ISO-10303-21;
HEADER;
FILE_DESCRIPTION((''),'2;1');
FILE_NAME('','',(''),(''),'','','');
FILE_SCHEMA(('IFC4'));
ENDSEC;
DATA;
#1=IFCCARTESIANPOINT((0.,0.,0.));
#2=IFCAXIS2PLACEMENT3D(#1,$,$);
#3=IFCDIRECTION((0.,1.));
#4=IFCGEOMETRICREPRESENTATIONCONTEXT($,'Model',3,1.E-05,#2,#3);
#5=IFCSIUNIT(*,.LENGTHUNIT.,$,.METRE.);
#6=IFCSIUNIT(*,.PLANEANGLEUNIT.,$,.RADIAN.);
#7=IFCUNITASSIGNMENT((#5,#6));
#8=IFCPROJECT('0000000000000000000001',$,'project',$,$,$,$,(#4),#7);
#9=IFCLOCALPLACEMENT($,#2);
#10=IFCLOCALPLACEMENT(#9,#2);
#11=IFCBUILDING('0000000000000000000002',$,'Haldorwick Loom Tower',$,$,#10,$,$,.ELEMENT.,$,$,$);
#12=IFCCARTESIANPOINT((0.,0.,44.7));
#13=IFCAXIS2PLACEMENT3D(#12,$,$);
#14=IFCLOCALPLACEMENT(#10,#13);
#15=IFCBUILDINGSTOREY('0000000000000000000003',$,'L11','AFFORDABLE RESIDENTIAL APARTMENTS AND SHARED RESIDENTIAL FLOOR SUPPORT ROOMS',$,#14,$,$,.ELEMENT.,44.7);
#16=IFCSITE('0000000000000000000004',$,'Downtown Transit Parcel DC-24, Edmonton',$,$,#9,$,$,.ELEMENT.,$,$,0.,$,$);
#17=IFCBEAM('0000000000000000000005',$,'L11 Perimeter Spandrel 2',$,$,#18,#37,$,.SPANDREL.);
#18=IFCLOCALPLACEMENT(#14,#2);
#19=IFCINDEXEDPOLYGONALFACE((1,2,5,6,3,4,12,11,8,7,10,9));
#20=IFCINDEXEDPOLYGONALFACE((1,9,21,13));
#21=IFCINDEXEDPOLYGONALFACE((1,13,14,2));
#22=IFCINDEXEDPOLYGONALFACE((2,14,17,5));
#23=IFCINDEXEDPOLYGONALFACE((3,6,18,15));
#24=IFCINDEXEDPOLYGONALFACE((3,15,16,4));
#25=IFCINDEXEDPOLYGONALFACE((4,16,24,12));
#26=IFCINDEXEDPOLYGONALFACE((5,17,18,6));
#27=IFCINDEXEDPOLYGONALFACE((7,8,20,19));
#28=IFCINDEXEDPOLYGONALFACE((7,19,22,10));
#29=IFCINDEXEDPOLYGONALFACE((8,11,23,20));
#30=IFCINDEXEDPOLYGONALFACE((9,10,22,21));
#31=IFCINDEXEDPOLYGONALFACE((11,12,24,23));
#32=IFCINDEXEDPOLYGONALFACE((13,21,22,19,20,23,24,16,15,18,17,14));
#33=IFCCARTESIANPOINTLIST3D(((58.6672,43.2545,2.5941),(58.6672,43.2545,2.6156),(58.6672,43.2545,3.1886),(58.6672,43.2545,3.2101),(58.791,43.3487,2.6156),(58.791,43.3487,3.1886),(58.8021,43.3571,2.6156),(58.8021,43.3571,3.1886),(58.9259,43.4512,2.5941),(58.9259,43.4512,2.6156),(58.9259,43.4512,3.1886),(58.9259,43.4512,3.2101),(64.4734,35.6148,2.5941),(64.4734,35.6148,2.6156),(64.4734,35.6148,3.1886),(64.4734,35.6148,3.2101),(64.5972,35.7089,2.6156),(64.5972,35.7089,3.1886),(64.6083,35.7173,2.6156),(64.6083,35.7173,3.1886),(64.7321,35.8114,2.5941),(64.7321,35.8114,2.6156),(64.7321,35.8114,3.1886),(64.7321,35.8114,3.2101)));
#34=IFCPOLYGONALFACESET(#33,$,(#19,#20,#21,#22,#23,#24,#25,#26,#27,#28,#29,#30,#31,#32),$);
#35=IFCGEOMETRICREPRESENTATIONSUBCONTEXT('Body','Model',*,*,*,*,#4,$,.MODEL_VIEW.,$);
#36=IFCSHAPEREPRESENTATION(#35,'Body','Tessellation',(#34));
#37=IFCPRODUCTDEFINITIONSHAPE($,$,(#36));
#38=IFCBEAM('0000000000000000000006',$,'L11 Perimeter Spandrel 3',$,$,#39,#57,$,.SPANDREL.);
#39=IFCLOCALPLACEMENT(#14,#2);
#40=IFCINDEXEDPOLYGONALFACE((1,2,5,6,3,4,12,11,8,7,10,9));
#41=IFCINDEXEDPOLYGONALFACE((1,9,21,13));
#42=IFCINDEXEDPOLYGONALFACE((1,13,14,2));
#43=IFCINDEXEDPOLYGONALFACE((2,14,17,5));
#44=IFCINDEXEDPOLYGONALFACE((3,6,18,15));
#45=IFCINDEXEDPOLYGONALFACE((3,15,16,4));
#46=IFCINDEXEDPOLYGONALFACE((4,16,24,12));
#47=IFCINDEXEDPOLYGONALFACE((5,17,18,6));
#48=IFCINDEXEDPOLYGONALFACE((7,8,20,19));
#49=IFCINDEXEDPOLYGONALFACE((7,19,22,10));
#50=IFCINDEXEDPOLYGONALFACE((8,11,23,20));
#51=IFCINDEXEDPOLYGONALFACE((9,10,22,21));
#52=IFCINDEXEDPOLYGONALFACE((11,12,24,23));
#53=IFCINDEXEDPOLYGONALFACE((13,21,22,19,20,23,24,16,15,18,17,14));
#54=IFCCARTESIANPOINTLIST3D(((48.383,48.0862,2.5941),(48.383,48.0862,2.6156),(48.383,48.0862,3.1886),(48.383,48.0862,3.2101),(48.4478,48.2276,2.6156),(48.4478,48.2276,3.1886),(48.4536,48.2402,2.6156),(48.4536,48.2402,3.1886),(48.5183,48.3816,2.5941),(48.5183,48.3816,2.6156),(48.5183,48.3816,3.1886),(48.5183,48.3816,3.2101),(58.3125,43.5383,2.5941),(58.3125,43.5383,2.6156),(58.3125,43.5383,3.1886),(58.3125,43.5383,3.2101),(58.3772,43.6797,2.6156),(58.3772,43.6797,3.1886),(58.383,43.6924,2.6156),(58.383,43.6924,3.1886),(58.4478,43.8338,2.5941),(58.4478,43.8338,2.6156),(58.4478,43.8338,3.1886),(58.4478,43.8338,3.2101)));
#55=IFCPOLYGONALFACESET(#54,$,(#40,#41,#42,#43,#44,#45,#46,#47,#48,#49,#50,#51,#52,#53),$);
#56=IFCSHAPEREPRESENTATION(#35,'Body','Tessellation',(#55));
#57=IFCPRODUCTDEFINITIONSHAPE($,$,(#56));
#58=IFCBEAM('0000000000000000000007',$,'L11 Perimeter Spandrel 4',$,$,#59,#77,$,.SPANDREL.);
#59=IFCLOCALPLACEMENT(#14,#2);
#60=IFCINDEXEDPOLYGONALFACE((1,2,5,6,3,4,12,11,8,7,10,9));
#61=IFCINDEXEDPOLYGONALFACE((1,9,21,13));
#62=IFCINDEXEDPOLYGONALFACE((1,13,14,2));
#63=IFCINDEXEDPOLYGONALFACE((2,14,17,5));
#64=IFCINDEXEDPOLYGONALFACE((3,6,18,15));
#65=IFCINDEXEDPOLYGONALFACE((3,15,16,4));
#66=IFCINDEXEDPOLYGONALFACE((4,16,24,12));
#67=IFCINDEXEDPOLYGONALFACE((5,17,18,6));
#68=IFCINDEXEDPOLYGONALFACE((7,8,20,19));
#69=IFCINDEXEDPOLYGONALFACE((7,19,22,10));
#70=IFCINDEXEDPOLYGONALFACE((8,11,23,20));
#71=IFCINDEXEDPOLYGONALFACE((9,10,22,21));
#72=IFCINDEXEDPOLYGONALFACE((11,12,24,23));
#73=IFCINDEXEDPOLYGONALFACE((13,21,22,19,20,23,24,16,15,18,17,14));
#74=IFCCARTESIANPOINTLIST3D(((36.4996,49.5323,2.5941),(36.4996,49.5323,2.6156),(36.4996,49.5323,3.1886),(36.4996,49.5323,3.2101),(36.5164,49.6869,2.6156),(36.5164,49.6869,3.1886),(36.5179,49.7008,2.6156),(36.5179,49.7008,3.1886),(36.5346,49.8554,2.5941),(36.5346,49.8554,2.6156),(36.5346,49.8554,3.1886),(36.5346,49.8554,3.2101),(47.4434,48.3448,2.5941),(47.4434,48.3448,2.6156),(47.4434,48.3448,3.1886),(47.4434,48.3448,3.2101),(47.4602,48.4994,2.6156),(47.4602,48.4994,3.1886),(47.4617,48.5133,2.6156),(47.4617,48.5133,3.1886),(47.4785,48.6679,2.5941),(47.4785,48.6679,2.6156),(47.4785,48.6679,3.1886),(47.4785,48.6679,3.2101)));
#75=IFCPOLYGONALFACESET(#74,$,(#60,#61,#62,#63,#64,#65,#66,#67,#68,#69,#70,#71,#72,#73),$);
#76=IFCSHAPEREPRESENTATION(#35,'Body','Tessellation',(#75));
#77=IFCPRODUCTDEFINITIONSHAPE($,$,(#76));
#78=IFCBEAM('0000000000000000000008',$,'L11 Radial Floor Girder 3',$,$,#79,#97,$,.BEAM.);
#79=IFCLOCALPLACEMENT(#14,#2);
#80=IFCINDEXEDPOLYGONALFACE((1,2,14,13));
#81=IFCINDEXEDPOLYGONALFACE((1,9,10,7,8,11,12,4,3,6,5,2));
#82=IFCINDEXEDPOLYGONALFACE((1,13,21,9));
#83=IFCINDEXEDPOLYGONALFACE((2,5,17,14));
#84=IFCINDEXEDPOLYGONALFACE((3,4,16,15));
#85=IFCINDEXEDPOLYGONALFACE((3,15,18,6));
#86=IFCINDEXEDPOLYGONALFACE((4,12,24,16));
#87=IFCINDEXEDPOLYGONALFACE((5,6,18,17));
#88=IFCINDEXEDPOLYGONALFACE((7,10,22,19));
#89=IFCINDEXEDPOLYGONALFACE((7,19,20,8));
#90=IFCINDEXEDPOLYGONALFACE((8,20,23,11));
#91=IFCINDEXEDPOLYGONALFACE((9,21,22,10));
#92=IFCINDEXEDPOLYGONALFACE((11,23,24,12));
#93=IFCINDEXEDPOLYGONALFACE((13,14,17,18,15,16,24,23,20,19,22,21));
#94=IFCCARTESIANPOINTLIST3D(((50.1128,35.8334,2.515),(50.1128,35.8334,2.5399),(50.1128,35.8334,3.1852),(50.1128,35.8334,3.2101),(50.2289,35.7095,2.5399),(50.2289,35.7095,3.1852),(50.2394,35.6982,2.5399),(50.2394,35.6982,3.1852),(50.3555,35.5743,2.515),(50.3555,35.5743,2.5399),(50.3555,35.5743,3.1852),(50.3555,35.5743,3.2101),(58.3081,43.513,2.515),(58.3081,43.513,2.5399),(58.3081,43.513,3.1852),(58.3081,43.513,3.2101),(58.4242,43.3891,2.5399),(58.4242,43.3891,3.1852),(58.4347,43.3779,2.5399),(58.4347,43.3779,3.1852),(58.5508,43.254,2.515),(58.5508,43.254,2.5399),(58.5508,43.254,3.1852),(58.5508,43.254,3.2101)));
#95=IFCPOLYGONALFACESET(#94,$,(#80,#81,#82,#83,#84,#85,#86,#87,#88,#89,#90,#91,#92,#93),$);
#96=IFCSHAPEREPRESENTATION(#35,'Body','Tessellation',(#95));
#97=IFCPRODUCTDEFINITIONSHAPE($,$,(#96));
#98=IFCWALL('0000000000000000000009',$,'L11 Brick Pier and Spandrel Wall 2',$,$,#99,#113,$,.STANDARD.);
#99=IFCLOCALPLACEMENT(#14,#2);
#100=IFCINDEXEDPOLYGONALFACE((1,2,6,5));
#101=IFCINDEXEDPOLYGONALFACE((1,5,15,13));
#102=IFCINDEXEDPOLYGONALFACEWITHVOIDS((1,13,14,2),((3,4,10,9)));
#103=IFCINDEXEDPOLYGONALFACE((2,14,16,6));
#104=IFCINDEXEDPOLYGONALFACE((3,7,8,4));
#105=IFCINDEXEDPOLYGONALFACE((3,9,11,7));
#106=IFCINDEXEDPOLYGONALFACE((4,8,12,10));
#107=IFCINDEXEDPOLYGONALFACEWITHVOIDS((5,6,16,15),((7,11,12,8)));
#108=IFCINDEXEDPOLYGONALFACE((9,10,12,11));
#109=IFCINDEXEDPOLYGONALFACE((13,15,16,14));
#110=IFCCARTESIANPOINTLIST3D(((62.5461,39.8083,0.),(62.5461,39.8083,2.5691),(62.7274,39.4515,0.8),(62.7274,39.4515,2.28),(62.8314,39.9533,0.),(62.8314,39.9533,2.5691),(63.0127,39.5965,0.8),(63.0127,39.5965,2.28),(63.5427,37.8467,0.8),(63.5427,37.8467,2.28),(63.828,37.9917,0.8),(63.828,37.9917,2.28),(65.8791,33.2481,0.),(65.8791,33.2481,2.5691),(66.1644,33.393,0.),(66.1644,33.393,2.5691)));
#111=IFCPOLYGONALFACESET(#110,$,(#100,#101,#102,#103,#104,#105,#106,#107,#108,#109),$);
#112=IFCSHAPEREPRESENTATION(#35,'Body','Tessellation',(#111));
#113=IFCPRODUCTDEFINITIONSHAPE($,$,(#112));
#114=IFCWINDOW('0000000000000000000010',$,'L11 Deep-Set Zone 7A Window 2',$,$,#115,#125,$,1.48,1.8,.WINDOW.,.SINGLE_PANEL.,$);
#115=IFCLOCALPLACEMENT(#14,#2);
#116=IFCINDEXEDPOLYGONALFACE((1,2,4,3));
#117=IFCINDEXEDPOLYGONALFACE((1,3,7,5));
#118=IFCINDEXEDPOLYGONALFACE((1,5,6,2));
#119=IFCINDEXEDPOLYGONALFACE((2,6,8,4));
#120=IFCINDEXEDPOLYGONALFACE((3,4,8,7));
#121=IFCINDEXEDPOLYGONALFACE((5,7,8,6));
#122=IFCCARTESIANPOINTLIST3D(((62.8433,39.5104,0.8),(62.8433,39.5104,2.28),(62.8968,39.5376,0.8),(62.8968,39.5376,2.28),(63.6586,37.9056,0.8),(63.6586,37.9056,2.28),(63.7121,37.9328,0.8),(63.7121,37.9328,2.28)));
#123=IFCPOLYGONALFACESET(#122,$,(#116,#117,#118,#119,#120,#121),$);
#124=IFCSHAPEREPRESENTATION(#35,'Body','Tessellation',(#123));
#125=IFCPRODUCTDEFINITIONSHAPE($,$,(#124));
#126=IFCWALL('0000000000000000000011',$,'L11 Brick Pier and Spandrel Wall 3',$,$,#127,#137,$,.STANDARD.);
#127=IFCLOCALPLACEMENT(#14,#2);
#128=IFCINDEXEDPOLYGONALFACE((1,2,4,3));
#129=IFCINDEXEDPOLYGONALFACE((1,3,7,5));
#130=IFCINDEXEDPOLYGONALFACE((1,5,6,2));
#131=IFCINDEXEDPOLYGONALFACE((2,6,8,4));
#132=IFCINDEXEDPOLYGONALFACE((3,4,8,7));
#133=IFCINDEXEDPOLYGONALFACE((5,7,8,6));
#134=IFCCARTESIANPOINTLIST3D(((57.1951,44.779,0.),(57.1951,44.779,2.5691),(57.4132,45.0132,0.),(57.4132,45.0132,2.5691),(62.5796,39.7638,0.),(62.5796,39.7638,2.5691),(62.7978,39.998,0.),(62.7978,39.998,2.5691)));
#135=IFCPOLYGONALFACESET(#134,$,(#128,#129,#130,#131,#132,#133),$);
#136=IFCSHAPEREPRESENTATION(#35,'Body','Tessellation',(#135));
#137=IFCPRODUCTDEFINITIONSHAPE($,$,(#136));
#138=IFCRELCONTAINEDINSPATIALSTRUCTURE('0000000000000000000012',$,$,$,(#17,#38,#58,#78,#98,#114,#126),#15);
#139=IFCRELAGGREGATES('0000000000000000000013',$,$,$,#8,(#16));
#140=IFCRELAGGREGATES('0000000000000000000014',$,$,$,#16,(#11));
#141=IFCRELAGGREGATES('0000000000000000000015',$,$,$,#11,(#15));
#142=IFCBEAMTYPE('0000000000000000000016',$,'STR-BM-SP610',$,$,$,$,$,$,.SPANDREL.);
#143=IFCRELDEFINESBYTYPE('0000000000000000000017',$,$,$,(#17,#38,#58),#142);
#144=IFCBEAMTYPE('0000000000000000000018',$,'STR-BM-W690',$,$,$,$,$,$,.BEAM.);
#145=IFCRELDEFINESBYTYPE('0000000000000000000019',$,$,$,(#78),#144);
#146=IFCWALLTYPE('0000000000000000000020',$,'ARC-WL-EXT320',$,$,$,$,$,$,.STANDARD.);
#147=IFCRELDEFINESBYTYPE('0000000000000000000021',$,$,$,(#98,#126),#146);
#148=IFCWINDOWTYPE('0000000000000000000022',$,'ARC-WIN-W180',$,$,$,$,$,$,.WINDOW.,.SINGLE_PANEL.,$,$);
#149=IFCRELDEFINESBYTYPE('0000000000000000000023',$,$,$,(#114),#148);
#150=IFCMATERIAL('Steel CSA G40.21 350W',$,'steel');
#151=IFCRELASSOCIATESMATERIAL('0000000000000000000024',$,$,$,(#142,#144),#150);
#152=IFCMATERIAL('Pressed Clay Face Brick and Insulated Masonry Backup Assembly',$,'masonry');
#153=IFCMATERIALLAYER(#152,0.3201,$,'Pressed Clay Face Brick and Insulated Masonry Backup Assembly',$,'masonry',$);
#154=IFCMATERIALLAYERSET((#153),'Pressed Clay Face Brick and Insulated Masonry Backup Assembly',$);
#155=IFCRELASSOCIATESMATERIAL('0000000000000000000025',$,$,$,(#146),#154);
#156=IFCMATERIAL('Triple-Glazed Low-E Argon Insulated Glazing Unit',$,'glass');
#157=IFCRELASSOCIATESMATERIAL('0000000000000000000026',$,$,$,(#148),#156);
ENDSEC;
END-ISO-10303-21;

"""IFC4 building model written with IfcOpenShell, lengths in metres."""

from ifc_helpers import new_model, si_unit, direction, frame, frame_2d, origin, origin_2d, place, context, subcontext, project, spatial, rectangle, i_section, extrude, material, layer, layer_set, material_profile, profile_set, type_object, element, fill, save


model = new_model("IFC4")

# Units and contexts
model_context = context("Model", 3, precision=1e-05, world=origin(), true_north=direction((0.0, 1.0)))
body_context = subcontext(model_context, "Body", "Model", "MODEL_VIEW")
ifc_project = project(units=[si_unit("LENGTHUNIT", "METRE"), si_unit("PLANEANGLEUNIT", "RADIAN")], contexts=[model_context])

# Site, building, storey
site_placement = place(None, origin())
site = spatial("IfcSite", under=ifc_project, at=site_placement, Name="Downtown Transit Parcel DC-24, Edmonton", CompositionType="ELEMENT", RefElevation=0.0)
building_placement = place(site_placement, origin())
building = spatial("IfcBuilding", under=site, at=building_placement, Name="Haldorwick Loom Tower", CompositionType="ELEMENT")
storey_placement = place(building_placement, frame((0.0, 0.0, 44.7)))
storey = spatial("IfcBuildingStorey", under=building, at=storey_placement, Name="L11", Description="AFFORDABLE RESIDENTIAL APARTMENTS AND SHARED RESIDENTIAL FLOOR SUPPORT ROOMS", CompositionType="ELEMENT", Elevation=44.7)

# Beams
ifc_material_1 = material(Name="Steel CSA G40.21 350W", Category="steel")
ifc_material_profile_1 = material_profile(ifc_material_1, i_section(OverallWidth=0.325, OverallDepth=0.616, WebThickness=0.0139, FlangeThickness=0.0215, at=origin_2d()), Name="W610X174", Category="steel")
ifc_profile_set_1 = profile_set([ifc_material_profile_1], Name="Steel CSA G40.21 350W")
beam_type_1 = type_object("IfcBeamType", Name="STR-BM-SP610", PredefinedType="SPANDREL", material=ifc_profile_set_1)
beam_1_placement = place(storey_placement, frame((64.6028, 35.7131, 2.9021), z_axis=(-0.605085, 0.796161, 0.0), x_axis=(-0.796161, -0.605085, 0.0)))
element("IfcBeam", 1, at=beam_1_placement, inside=storey, type_object=beam_type_1, Name="L11 Perimeter Spandrel 2", PredefinedType="SPANDREL", context=body_context, shape_type="SweptSolid", body=[
    extrude(i_section(OverallWidth=0.325, OverallDepth=0.616, WebThickness=0.0139, FlangeThickness=0.0215, at=origin_2d()), origin(), (0.0, 0.0, 1.0), 9.5957),
])
beam_2_placement = place(storey_placement, frame((58.3801, 43.686, 2.9021), z_axis=(-0.909174, 0.416417, 0.0), x_axis=(-0.416417, -0.909174, 0.0)))
element("IfcBeam", 2, at=beam_2_placement, inside=storey, type_object=beam_type_1, Name="L11 Perimeter Spandrel 3", PredefinedType="SPANDREL", context=body_context, shape_type="SweptSolid", body=[
    extrude(i_section(OverallWidth=0.325, OverallDepth=0.616, WebThickness=0.0139, FlangeThickness=0.0215, at=origin_2d()), origin(), (0.0, 0.0, 1.0), 10.9214),
])
beam_3_placement = place(storey_placement, frame((47.4609, 48.5063, 2.9021), z_axis=(-0.994164, 0.107875, 0.0), x_axis=(-0.107875, -0.994164, 0.0)))
element("IfcBeam", 3, at=beam_3_placement, inside=storey, type_object=beam_type_1, Name="L11 Perimeter Spandrel 4", PredefinedType="SPANDREL", context=body_context, shape_type="SweptSolid", body=[
    extrude(i_section(OverallWidth=0.325, OverallDepth=0.616, WebThickness=0.0139, FlangeThickness=0.0215, at=origin_2d()), origin(), (0.0, 0.0, 1.0), 11.0081),
])
ifc_material_profile_2 = material_profile(ifc_material_1, i_section(OverallWidth=0.355, OverallDepth=0.6951, WebThickness=0.0154, FlangeThickness=0.0249, at=origin_2d()), Name="W690X217", Category="steel")
ifc_profile_set_2 = profile_set([ifc_material_profile_2], Name="Steel CSA G40.21 350W")
beam_type_2 = type_object("IfcBeamType", Name="STR-BM-W690", PredefinedType="BEAM", material=ifc_profile_set_2)
beam_4_placement = place(storey_placement, frame((50.2341, 35.7039, 2.8625), z_axis=(0.729689, 0.683779, 0.0), x_axis=(-0.683779, 0.729689, 0.0)))
element("IfcBeam", 4, at=beam_4_placement, inside=storey, type_object=beam_type_2, Name="L11 Radial Floor Girder 3", PredefinedType="BEAM", context=body_context, shape_type="SweptSolid", body=[
    extrude(i_section(OverallWidth=0.355, OverallDepth=0.6951, WebThickness=0.0154, FlangeThickness=0.0249, at=origin_2d()), origin(), (0.0, 0.0, 1.0), 11.2312),
])

# Wall, opening, window
ifc_material_2 = material(Name="Pressed Clay Face Brick and Insulated Masonry Backup Assembly", Category="masonry")
ifc_layer_1 = layer(ifc_material_2, 0.3201, Name="Pressed Clay Face Brick and Insulated Masonry Backup Assembly", Category="masonry")
ifc_layer_set_1 = layer_set([ifc_layer_1], Name="Pressed Clay Face Brick and Insulated Masonry Backup Assembly")
wall_type_1 = type_object("IfcWallType", Name="ARC-WL-EXT320", PredefinedType="STANDARD", material=ifc_layer_set_1)
wall_1_placement = place(storey_placement, frame((66.0217, 33.3206, 0.0), z_axis=(0.0, 0.0, 1.0), x_axis=(-0.452951, 0.891535, 0.0)))
wall_1 = element("IfcWall", 5, at=wall_1_placement, inside=storey, type_object=wall_type_1, Name="L11 Brick Pier and Spandrel Wall 2", PredefinedType="STANDARD", context=body_context, shape_type="SweptSolid", body=[
    extrude(rectangle(XDim=7.3584, YDim=0.3201, at=frame_2d((3.6792, 0.0))), origin(), (0.0, 0.0, 1.0), 2.5691),
])
opening_1_placement = place(wall_1_placement, frame((5.1582, 0.0, 0.8)))
opening_1 = element("IfcOpeningElement", 6, at=opening_1_placement, cuts=wall_1, PredefinedType="OPENING", context=body_context, shape_type="SweptSolid", body=[
    extrude(rectangle(XDim=1.8, YDim=1.48, at=frame_2d((0.8999, 0.74))), frame((0.0, 0.1699, 0.0), z_axis=(0.0, -1.0, 0.0), x_axis=(1.0, 0.0, 0.0)), (0.0, 0.0, 1.0), 0.3401),
])
ifc_material_3 = material(Name="Triple-Glazed Low-E Argon Insulated Glazing Unit", Category="glass")
window_type = type_object("IfcWindowType", Name="ARC-WIN-W180", PartitioningType="SINGLE_PANEL", PredefinedType="WINDOW", material=ifc_material_3)
window_1_placement = place(opening_1_placement, origin())
window_1 = element("IfcWindow", 7, at=window_1_placement, inside=storey, type_object=window_type, Name="L11 Deep-Set Zone 7A Window 2", OverallHeight=1.48, OverallWidth=1.8, PartitioningType="SINGLE_PANEL", PredefinedType="WINDOW", context=body_context, shape_type="SweptSolid", body=[
    extrude(rectangle(XDim=1.8, YDim=1.48, at=frame_2d((0.8999, 0.74))), frame((0.0, 0.03, 0.0), z_axis=(0.0, -1.0, 0.0), x_axis=(1.0, 0.0, 0.0)), (0.0, 0.0, 1.0), 0.0601),
])
fill(opening_1, window_1)

# Wall
wall_2_placement = place(storey_placement, frame((62.6887, 39.8809, 0.0), z_axis=(0.0, 0.0, 1.0), x_axis=(-0.731761, 0.681561, 0.0)))
element("IfcWall", 8, at=wall_2_placement, inside=storey, type_object=wall_type_1, Name="L11 Brick Pier and Spandrel Wall 3", PredefinedType="STANDARD", context=body_context, shape_type="SweptSolid", body=[
    extrude(rectangle(XDim=7.3584, YDim=0.3201, at=frame_2d((3.6792, 0.0))), origin(), (0.0, 0.0, 1.0), 2.5691),
])

save(model, "model.ifc")
